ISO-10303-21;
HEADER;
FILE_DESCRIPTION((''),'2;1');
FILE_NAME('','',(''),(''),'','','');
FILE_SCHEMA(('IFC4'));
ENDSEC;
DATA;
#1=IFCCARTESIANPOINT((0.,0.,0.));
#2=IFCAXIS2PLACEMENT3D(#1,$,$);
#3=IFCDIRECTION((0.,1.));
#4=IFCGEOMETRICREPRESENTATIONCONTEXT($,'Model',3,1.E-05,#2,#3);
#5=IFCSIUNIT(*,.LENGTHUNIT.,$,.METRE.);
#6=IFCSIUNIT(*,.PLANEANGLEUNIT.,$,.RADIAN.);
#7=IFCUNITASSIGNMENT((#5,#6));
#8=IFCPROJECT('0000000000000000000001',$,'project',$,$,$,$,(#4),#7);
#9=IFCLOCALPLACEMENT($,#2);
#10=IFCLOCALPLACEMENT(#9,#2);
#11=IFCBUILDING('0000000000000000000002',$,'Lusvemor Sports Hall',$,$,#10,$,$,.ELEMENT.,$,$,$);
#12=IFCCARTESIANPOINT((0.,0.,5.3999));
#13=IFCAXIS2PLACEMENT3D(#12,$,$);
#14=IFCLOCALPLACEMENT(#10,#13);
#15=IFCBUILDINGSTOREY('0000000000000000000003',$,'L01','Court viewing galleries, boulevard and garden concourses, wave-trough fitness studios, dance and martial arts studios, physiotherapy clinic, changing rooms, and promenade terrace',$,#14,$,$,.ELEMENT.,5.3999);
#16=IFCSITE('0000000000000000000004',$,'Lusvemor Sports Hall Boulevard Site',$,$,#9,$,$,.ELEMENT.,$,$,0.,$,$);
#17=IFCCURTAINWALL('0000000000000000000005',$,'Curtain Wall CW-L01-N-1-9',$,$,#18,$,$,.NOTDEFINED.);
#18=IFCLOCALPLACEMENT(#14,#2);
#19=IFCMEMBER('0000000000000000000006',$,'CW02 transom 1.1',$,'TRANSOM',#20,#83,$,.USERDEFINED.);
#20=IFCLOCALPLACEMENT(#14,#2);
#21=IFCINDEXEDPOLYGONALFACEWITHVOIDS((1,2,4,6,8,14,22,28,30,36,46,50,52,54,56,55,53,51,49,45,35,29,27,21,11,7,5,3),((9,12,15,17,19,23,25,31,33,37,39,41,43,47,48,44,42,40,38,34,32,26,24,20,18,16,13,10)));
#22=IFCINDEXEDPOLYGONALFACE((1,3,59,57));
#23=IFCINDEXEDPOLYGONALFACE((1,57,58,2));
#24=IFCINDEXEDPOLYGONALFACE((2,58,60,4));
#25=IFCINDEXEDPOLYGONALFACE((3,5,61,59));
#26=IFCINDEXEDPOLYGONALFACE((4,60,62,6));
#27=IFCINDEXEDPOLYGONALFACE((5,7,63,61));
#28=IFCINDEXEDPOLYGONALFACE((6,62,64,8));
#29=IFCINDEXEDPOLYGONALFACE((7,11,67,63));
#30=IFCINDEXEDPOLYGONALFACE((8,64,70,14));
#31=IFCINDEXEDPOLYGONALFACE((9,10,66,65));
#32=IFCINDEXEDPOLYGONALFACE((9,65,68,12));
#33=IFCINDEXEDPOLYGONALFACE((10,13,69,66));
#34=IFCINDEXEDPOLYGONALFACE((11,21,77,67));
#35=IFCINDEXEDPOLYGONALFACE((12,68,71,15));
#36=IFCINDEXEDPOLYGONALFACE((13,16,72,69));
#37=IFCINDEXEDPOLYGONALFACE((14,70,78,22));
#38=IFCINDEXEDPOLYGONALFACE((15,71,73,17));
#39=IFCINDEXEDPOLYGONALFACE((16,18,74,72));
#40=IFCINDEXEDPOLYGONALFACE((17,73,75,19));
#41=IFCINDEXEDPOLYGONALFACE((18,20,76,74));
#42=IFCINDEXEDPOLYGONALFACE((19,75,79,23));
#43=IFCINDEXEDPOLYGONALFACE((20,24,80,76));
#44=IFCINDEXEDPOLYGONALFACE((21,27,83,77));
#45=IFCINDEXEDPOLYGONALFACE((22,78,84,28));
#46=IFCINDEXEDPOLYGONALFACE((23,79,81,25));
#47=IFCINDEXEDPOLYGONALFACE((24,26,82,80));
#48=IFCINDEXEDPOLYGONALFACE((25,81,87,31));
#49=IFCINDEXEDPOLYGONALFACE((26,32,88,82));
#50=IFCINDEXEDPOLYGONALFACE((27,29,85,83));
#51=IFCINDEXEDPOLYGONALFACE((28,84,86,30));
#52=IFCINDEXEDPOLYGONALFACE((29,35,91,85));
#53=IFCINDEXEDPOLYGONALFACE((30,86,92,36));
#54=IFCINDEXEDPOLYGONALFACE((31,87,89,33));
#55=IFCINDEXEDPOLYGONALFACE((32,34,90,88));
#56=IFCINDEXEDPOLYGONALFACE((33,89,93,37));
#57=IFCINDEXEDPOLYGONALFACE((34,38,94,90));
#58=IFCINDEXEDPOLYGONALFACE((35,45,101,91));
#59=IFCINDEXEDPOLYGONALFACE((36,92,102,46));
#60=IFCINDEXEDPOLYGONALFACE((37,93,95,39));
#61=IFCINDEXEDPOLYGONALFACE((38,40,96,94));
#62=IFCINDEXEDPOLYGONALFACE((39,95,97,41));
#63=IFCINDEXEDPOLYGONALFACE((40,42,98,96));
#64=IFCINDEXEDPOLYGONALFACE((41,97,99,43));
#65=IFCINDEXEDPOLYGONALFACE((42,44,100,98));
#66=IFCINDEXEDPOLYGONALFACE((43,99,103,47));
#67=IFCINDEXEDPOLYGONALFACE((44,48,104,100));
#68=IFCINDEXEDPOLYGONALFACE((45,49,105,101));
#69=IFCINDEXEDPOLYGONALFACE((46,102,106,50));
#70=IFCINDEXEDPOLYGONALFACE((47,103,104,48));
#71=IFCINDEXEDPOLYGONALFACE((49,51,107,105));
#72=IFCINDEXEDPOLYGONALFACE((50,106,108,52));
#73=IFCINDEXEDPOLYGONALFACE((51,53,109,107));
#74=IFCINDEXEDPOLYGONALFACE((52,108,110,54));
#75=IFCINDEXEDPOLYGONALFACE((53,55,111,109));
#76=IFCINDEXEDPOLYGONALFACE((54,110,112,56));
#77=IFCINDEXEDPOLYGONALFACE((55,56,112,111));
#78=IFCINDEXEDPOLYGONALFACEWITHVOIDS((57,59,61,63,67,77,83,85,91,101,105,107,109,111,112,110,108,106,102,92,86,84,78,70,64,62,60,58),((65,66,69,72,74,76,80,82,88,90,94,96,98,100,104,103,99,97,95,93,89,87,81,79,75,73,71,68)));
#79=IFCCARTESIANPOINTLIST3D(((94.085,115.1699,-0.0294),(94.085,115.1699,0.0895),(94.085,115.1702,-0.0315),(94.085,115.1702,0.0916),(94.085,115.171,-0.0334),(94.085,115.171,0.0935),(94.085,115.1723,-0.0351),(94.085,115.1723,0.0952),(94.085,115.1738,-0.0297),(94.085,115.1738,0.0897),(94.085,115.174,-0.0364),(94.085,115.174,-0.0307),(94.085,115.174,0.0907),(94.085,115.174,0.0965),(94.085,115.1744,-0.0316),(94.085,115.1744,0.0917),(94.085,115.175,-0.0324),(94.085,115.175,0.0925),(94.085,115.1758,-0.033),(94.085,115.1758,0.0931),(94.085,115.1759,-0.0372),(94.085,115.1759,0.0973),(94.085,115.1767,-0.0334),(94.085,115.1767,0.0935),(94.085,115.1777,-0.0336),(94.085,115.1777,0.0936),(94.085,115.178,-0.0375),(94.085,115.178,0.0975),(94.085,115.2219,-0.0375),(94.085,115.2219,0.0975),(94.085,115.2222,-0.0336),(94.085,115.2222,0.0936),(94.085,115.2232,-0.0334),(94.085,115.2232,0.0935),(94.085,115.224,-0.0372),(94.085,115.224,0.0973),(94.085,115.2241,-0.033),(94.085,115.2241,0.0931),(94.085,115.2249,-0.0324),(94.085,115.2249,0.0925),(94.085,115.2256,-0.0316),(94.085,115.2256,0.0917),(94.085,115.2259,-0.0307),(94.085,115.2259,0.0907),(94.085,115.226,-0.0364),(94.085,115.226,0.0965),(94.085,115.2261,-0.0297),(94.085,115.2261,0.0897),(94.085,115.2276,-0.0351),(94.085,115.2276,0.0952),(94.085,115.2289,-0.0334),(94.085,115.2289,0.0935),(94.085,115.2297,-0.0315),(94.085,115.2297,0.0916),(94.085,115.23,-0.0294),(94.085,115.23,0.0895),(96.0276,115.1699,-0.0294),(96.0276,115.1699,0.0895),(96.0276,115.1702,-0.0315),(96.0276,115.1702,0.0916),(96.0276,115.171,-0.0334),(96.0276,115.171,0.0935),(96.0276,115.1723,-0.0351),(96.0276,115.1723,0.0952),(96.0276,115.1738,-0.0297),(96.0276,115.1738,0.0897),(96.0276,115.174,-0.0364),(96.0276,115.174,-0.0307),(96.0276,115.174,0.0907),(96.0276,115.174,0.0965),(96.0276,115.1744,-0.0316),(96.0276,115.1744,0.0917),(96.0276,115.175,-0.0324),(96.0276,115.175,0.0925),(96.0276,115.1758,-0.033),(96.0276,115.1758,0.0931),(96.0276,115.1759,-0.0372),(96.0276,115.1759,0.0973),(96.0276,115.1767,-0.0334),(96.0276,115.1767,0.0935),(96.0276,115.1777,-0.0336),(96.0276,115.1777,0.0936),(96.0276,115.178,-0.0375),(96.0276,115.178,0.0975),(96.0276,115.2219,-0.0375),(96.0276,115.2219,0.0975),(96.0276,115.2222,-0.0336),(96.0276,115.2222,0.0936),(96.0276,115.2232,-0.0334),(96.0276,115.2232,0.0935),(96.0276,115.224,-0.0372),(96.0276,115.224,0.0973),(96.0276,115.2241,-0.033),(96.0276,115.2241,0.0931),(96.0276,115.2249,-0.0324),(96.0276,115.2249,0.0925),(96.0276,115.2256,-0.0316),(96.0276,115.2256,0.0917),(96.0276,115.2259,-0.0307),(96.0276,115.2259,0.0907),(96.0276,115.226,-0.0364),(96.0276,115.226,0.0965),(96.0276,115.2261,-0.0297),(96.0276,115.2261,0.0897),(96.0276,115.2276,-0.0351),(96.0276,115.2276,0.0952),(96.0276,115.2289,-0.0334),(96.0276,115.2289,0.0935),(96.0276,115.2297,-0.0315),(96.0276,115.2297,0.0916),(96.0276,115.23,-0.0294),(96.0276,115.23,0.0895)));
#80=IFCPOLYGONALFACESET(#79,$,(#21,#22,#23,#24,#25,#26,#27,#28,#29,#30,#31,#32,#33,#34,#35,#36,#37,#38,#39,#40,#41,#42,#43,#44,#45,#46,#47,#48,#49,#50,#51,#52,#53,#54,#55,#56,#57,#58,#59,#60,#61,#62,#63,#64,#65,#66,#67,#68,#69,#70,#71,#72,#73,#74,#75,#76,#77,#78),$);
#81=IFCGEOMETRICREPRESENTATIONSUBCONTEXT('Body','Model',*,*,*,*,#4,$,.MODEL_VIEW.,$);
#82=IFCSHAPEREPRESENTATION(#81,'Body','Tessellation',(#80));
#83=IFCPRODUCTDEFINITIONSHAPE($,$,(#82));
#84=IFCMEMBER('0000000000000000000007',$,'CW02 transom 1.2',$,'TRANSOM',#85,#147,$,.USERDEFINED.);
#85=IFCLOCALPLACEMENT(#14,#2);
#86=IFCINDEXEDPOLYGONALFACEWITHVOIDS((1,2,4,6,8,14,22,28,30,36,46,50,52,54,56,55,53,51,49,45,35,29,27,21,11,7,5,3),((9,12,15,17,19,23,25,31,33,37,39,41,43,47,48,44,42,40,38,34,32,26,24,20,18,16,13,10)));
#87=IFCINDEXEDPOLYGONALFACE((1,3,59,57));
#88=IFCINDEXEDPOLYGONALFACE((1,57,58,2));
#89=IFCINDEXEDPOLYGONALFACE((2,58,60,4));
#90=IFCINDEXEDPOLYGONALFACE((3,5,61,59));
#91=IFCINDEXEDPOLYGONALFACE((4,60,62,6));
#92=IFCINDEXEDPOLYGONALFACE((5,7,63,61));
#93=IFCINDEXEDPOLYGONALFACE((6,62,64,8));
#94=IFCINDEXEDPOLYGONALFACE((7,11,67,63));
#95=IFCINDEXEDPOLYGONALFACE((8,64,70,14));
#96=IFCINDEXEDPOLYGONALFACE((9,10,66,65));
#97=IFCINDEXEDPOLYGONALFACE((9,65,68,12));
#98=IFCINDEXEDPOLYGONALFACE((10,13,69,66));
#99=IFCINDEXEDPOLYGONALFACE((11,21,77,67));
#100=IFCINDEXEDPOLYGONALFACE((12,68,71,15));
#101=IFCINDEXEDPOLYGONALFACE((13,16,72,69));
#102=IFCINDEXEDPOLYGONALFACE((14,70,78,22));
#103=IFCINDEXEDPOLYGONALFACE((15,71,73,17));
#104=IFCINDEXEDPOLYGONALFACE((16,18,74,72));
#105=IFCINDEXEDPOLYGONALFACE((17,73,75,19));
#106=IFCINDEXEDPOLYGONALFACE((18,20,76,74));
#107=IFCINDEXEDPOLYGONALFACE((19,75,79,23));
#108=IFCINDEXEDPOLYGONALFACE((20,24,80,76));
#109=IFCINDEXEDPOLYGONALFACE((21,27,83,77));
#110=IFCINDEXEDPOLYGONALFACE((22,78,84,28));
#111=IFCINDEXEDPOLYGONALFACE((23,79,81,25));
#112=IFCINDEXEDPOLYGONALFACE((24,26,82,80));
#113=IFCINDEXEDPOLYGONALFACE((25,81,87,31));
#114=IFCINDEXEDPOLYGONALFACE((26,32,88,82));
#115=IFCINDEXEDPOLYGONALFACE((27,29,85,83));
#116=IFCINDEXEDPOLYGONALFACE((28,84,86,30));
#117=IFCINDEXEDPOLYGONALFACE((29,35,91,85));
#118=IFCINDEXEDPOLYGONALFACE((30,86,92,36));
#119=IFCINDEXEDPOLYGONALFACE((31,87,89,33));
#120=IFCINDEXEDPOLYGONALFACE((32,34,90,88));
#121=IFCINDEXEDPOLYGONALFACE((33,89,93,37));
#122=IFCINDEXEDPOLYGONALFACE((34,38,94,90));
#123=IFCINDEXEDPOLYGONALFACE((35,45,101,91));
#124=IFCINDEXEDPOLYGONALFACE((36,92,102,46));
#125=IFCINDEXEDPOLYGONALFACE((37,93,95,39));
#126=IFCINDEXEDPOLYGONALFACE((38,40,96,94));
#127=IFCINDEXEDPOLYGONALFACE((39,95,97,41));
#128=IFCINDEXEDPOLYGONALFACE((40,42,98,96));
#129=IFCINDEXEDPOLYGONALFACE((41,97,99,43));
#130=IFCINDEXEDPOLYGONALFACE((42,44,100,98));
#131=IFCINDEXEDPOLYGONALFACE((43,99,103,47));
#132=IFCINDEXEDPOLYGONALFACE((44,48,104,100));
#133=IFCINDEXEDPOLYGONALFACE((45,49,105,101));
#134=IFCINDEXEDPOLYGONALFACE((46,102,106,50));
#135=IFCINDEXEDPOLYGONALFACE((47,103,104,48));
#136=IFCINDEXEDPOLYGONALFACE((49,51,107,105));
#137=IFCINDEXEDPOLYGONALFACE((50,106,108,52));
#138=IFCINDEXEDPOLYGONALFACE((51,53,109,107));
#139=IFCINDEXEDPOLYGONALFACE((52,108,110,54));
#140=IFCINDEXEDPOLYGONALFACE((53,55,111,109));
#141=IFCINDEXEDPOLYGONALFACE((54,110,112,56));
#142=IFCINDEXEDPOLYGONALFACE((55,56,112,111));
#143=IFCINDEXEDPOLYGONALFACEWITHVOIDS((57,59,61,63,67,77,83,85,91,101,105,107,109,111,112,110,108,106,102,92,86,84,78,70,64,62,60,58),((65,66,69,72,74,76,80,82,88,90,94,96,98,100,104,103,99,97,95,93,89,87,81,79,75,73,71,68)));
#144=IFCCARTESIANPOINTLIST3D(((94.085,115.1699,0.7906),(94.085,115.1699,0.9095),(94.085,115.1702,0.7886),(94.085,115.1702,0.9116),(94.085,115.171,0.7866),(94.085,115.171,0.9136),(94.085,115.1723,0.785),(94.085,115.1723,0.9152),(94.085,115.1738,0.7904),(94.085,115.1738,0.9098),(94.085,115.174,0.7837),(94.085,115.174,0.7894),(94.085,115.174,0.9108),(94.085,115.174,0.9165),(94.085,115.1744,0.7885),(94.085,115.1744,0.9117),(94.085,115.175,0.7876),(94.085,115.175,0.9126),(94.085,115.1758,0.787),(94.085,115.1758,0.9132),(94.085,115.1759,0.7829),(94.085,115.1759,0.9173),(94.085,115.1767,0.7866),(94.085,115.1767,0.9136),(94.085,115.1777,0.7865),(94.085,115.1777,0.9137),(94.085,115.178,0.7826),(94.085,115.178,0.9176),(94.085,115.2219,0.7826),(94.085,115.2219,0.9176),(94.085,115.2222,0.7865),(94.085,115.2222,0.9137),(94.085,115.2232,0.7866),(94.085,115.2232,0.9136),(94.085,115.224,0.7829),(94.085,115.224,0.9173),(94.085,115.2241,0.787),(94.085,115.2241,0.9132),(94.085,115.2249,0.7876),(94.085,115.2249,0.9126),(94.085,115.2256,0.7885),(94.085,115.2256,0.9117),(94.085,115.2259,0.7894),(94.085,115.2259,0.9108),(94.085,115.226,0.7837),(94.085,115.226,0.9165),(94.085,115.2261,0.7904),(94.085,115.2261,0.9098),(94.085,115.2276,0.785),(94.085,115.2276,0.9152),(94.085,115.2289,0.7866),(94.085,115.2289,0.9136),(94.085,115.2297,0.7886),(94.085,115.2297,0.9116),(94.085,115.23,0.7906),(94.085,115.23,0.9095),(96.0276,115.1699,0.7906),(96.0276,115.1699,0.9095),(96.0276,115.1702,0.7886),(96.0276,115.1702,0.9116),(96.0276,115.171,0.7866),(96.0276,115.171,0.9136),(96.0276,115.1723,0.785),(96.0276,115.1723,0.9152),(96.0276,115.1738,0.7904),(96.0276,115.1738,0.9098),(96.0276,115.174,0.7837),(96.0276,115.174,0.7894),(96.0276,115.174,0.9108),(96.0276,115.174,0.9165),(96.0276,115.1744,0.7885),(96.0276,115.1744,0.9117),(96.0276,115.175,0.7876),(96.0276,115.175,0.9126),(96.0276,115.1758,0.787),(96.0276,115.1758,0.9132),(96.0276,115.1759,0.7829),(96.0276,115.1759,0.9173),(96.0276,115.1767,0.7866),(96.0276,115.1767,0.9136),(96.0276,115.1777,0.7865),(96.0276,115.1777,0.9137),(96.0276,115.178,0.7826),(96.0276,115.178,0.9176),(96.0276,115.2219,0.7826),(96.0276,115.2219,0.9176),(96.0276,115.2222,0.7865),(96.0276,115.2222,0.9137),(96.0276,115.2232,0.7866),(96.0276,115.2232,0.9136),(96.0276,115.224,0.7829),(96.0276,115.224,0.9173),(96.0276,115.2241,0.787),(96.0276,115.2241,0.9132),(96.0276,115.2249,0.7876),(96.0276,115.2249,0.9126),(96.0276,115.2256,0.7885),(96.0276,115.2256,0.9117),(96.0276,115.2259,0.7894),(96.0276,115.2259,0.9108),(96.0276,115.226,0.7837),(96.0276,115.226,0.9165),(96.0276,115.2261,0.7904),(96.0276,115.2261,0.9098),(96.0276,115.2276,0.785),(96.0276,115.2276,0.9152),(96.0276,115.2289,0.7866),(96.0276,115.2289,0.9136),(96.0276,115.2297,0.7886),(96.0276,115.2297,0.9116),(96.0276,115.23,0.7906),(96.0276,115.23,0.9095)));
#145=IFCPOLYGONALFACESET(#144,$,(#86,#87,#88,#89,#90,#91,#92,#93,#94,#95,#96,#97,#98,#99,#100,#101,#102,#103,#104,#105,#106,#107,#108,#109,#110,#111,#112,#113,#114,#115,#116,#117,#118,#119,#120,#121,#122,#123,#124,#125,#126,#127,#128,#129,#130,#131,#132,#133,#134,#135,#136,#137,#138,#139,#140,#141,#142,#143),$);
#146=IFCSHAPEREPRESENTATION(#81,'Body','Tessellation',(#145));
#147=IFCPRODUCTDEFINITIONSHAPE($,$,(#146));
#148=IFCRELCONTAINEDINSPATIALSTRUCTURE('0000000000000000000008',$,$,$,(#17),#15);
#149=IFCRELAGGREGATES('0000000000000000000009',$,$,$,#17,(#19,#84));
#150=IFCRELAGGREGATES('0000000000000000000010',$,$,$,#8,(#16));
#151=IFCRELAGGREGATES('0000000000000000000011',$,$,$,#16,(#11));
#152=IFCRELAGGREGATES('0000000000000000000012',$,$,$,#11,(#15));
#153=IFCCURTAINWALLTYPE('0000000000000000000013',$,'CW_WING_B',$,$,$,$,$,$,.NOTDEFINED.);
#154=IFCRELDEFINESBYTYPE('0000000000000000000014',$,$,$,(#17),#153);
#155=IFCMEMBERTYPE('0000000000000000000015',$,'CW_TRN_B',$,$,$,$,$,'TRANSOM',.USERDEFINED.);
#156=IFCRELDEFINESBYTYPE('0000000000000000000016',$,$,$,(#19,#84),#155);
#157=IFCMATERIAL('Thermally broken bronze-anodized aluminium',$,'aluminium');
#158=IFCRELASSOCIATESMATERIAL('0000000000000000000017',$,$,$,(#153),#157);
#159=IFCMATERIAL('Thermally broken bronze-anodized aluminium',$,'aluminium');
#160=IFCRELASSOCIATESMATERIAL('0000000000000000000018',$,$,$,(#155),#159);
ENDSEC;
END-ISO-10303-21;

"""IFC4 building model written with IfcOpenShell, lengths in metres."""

from ifc_helpers import new_model, si_unit, direction, frame, origin, origin_2d, place, context, subcontext, project, spatial, hollow_rectangle, extrude, material, material_profile, profile_set, type_object, element, aggregate, save


model = new_model("IFC4")

# Units and contexts
model_context = context("Model", 3, precision=1e-05, world=origin(), true_north=direction((0.0, 1.0)))
body_context = subcontext(model_context, "Body", "Model", "MODEL_VIEW")
ifc_project = project(units=[si_unit("LENGTHUNIT", "METRE"), si_unit("PLANEANGLEUNIT", "RADIAN")], contexts=[model_context])

# Site, building, storey
site_placement = place(None, origin())
site = spatial("IfcSite", under=ifc_project, at=site_placement, Name="Lusvemor Sports Hall Boulevard Site", CompositionType="ELEMENT", RefElevation=0.0)
building_placement = place(site_placement, origin())
building = spatial("IfcBuilding", under=site, at=building_placement, Name="Lusvemor Sports Hall", CompositionType="ELEMENT")
storey_placement = place(building_placement, frame((0.0, 0.0, 5.3999)))
storey = spatial("IfcBuildingStorey", under=building, at=storey_placement, Name="L01", Description="Court viewing galleries, boulevard and garden concourses, wave-trough fitness studios, dance and martial arts studios, physiotherapy clinic, changing rooms, and promenade terrace", CompositionType="ELEMENT", Elevation=5.3999)

# Shared definitions
ifc_material_1 = material(Name="Thermally broken bronze-anodized aluminium", Category="aluminium")
curtain_wall_type = type_object("IfcCurtainWallType", Name="CW_WING_B", PredefinedType="NOTDEFINED", material=ifc_material_1)

# Curtain wall
curtain_wall_1_placement = place(storey_placement, origin())
curtain_wall_1 = element("IfcCurtainWall", 1, at=curtain_wall_1_placement, inside=storey, type_object=curtain_wall_type, Name="Curtain Wall CW-L01-N-1-9", PredefinedType="NOTDEFINED")

# Members
ifc_material_2 = material(Name="Thermally broken bronze-anodized aluminium", Category="aluminium")
ifc_material_profile_1 = material_profile(ifc_material_2, hollow_rectangle(XDim=0.0601, YDim=0.135, WallThickness=0.0039, InnerFilletRadius=0.0039, OuterFilletRadius=0.0081, at=origin_2d()), Name="CWTRN135x60x4")
ifc_profile_set_1 = profile_set([ifc_material_profile_1], Name="Thermally broken bronze-anodized aluminium")
member_type_1 = type_object("IfcMemberType", Name="CW_TRN_B", ElementType="TRANSOM", PredefinedType="USERDEFINED", material=ifc_profile_set_1)
member_1_placement = place(storey_placement, frame((94.085, 115.2, 0.03), z_axis=(1.0, 0.0, 0.0), x_axis=(0.0, 1.0, 0.0)))
member_1 = element("IfcMember", 2, at=member_1_placement, type_object=member_type_1, Name="CW02 transom 1.1", ObjectType="TRANSOM", PredefinedType="USERDEFINED", context=body_context, shape_type="SweptSolid", body=[
    extrude(hollow_rectangle(XDim=0.0601, YDim=0.135, WallThickness=0.0039, InnerFilletRadius=0.0039, OuterFilletRadius=0.0081, at=origin_2d()), origin(), (0.0, 0.0, 1.0), 1.9426),
])
member_2_placement = place(storey_placement, frame((94.085, 115.2, 0.8501), z_axis=(1.0, 0.0, 0.0), x_axis=(0.0, 1.0, 0.0)))
member_2 = element("IfcMember", 3, at=member_2_placement, type_object=member_type_1, Name="CW02 transom 1.2", ObjectType="TRANSOM", PredefinedType="USERDEFINED", context=body_context, shape_type="SweptSolid", body=[
    extrude(hollow_rectangle(XDim=0.0601, YDim=0.135, WallThickness=0.0039, InnerFilletRadius=0.0039, OuterFilletRadius=0.0081, at=origin_2d()), origin(), (0.0, 0.0, 1.0), 1.9426),
])

aggregate(curtain_wall_1, [member_1, member_2])

save(model, "model.ifc")
